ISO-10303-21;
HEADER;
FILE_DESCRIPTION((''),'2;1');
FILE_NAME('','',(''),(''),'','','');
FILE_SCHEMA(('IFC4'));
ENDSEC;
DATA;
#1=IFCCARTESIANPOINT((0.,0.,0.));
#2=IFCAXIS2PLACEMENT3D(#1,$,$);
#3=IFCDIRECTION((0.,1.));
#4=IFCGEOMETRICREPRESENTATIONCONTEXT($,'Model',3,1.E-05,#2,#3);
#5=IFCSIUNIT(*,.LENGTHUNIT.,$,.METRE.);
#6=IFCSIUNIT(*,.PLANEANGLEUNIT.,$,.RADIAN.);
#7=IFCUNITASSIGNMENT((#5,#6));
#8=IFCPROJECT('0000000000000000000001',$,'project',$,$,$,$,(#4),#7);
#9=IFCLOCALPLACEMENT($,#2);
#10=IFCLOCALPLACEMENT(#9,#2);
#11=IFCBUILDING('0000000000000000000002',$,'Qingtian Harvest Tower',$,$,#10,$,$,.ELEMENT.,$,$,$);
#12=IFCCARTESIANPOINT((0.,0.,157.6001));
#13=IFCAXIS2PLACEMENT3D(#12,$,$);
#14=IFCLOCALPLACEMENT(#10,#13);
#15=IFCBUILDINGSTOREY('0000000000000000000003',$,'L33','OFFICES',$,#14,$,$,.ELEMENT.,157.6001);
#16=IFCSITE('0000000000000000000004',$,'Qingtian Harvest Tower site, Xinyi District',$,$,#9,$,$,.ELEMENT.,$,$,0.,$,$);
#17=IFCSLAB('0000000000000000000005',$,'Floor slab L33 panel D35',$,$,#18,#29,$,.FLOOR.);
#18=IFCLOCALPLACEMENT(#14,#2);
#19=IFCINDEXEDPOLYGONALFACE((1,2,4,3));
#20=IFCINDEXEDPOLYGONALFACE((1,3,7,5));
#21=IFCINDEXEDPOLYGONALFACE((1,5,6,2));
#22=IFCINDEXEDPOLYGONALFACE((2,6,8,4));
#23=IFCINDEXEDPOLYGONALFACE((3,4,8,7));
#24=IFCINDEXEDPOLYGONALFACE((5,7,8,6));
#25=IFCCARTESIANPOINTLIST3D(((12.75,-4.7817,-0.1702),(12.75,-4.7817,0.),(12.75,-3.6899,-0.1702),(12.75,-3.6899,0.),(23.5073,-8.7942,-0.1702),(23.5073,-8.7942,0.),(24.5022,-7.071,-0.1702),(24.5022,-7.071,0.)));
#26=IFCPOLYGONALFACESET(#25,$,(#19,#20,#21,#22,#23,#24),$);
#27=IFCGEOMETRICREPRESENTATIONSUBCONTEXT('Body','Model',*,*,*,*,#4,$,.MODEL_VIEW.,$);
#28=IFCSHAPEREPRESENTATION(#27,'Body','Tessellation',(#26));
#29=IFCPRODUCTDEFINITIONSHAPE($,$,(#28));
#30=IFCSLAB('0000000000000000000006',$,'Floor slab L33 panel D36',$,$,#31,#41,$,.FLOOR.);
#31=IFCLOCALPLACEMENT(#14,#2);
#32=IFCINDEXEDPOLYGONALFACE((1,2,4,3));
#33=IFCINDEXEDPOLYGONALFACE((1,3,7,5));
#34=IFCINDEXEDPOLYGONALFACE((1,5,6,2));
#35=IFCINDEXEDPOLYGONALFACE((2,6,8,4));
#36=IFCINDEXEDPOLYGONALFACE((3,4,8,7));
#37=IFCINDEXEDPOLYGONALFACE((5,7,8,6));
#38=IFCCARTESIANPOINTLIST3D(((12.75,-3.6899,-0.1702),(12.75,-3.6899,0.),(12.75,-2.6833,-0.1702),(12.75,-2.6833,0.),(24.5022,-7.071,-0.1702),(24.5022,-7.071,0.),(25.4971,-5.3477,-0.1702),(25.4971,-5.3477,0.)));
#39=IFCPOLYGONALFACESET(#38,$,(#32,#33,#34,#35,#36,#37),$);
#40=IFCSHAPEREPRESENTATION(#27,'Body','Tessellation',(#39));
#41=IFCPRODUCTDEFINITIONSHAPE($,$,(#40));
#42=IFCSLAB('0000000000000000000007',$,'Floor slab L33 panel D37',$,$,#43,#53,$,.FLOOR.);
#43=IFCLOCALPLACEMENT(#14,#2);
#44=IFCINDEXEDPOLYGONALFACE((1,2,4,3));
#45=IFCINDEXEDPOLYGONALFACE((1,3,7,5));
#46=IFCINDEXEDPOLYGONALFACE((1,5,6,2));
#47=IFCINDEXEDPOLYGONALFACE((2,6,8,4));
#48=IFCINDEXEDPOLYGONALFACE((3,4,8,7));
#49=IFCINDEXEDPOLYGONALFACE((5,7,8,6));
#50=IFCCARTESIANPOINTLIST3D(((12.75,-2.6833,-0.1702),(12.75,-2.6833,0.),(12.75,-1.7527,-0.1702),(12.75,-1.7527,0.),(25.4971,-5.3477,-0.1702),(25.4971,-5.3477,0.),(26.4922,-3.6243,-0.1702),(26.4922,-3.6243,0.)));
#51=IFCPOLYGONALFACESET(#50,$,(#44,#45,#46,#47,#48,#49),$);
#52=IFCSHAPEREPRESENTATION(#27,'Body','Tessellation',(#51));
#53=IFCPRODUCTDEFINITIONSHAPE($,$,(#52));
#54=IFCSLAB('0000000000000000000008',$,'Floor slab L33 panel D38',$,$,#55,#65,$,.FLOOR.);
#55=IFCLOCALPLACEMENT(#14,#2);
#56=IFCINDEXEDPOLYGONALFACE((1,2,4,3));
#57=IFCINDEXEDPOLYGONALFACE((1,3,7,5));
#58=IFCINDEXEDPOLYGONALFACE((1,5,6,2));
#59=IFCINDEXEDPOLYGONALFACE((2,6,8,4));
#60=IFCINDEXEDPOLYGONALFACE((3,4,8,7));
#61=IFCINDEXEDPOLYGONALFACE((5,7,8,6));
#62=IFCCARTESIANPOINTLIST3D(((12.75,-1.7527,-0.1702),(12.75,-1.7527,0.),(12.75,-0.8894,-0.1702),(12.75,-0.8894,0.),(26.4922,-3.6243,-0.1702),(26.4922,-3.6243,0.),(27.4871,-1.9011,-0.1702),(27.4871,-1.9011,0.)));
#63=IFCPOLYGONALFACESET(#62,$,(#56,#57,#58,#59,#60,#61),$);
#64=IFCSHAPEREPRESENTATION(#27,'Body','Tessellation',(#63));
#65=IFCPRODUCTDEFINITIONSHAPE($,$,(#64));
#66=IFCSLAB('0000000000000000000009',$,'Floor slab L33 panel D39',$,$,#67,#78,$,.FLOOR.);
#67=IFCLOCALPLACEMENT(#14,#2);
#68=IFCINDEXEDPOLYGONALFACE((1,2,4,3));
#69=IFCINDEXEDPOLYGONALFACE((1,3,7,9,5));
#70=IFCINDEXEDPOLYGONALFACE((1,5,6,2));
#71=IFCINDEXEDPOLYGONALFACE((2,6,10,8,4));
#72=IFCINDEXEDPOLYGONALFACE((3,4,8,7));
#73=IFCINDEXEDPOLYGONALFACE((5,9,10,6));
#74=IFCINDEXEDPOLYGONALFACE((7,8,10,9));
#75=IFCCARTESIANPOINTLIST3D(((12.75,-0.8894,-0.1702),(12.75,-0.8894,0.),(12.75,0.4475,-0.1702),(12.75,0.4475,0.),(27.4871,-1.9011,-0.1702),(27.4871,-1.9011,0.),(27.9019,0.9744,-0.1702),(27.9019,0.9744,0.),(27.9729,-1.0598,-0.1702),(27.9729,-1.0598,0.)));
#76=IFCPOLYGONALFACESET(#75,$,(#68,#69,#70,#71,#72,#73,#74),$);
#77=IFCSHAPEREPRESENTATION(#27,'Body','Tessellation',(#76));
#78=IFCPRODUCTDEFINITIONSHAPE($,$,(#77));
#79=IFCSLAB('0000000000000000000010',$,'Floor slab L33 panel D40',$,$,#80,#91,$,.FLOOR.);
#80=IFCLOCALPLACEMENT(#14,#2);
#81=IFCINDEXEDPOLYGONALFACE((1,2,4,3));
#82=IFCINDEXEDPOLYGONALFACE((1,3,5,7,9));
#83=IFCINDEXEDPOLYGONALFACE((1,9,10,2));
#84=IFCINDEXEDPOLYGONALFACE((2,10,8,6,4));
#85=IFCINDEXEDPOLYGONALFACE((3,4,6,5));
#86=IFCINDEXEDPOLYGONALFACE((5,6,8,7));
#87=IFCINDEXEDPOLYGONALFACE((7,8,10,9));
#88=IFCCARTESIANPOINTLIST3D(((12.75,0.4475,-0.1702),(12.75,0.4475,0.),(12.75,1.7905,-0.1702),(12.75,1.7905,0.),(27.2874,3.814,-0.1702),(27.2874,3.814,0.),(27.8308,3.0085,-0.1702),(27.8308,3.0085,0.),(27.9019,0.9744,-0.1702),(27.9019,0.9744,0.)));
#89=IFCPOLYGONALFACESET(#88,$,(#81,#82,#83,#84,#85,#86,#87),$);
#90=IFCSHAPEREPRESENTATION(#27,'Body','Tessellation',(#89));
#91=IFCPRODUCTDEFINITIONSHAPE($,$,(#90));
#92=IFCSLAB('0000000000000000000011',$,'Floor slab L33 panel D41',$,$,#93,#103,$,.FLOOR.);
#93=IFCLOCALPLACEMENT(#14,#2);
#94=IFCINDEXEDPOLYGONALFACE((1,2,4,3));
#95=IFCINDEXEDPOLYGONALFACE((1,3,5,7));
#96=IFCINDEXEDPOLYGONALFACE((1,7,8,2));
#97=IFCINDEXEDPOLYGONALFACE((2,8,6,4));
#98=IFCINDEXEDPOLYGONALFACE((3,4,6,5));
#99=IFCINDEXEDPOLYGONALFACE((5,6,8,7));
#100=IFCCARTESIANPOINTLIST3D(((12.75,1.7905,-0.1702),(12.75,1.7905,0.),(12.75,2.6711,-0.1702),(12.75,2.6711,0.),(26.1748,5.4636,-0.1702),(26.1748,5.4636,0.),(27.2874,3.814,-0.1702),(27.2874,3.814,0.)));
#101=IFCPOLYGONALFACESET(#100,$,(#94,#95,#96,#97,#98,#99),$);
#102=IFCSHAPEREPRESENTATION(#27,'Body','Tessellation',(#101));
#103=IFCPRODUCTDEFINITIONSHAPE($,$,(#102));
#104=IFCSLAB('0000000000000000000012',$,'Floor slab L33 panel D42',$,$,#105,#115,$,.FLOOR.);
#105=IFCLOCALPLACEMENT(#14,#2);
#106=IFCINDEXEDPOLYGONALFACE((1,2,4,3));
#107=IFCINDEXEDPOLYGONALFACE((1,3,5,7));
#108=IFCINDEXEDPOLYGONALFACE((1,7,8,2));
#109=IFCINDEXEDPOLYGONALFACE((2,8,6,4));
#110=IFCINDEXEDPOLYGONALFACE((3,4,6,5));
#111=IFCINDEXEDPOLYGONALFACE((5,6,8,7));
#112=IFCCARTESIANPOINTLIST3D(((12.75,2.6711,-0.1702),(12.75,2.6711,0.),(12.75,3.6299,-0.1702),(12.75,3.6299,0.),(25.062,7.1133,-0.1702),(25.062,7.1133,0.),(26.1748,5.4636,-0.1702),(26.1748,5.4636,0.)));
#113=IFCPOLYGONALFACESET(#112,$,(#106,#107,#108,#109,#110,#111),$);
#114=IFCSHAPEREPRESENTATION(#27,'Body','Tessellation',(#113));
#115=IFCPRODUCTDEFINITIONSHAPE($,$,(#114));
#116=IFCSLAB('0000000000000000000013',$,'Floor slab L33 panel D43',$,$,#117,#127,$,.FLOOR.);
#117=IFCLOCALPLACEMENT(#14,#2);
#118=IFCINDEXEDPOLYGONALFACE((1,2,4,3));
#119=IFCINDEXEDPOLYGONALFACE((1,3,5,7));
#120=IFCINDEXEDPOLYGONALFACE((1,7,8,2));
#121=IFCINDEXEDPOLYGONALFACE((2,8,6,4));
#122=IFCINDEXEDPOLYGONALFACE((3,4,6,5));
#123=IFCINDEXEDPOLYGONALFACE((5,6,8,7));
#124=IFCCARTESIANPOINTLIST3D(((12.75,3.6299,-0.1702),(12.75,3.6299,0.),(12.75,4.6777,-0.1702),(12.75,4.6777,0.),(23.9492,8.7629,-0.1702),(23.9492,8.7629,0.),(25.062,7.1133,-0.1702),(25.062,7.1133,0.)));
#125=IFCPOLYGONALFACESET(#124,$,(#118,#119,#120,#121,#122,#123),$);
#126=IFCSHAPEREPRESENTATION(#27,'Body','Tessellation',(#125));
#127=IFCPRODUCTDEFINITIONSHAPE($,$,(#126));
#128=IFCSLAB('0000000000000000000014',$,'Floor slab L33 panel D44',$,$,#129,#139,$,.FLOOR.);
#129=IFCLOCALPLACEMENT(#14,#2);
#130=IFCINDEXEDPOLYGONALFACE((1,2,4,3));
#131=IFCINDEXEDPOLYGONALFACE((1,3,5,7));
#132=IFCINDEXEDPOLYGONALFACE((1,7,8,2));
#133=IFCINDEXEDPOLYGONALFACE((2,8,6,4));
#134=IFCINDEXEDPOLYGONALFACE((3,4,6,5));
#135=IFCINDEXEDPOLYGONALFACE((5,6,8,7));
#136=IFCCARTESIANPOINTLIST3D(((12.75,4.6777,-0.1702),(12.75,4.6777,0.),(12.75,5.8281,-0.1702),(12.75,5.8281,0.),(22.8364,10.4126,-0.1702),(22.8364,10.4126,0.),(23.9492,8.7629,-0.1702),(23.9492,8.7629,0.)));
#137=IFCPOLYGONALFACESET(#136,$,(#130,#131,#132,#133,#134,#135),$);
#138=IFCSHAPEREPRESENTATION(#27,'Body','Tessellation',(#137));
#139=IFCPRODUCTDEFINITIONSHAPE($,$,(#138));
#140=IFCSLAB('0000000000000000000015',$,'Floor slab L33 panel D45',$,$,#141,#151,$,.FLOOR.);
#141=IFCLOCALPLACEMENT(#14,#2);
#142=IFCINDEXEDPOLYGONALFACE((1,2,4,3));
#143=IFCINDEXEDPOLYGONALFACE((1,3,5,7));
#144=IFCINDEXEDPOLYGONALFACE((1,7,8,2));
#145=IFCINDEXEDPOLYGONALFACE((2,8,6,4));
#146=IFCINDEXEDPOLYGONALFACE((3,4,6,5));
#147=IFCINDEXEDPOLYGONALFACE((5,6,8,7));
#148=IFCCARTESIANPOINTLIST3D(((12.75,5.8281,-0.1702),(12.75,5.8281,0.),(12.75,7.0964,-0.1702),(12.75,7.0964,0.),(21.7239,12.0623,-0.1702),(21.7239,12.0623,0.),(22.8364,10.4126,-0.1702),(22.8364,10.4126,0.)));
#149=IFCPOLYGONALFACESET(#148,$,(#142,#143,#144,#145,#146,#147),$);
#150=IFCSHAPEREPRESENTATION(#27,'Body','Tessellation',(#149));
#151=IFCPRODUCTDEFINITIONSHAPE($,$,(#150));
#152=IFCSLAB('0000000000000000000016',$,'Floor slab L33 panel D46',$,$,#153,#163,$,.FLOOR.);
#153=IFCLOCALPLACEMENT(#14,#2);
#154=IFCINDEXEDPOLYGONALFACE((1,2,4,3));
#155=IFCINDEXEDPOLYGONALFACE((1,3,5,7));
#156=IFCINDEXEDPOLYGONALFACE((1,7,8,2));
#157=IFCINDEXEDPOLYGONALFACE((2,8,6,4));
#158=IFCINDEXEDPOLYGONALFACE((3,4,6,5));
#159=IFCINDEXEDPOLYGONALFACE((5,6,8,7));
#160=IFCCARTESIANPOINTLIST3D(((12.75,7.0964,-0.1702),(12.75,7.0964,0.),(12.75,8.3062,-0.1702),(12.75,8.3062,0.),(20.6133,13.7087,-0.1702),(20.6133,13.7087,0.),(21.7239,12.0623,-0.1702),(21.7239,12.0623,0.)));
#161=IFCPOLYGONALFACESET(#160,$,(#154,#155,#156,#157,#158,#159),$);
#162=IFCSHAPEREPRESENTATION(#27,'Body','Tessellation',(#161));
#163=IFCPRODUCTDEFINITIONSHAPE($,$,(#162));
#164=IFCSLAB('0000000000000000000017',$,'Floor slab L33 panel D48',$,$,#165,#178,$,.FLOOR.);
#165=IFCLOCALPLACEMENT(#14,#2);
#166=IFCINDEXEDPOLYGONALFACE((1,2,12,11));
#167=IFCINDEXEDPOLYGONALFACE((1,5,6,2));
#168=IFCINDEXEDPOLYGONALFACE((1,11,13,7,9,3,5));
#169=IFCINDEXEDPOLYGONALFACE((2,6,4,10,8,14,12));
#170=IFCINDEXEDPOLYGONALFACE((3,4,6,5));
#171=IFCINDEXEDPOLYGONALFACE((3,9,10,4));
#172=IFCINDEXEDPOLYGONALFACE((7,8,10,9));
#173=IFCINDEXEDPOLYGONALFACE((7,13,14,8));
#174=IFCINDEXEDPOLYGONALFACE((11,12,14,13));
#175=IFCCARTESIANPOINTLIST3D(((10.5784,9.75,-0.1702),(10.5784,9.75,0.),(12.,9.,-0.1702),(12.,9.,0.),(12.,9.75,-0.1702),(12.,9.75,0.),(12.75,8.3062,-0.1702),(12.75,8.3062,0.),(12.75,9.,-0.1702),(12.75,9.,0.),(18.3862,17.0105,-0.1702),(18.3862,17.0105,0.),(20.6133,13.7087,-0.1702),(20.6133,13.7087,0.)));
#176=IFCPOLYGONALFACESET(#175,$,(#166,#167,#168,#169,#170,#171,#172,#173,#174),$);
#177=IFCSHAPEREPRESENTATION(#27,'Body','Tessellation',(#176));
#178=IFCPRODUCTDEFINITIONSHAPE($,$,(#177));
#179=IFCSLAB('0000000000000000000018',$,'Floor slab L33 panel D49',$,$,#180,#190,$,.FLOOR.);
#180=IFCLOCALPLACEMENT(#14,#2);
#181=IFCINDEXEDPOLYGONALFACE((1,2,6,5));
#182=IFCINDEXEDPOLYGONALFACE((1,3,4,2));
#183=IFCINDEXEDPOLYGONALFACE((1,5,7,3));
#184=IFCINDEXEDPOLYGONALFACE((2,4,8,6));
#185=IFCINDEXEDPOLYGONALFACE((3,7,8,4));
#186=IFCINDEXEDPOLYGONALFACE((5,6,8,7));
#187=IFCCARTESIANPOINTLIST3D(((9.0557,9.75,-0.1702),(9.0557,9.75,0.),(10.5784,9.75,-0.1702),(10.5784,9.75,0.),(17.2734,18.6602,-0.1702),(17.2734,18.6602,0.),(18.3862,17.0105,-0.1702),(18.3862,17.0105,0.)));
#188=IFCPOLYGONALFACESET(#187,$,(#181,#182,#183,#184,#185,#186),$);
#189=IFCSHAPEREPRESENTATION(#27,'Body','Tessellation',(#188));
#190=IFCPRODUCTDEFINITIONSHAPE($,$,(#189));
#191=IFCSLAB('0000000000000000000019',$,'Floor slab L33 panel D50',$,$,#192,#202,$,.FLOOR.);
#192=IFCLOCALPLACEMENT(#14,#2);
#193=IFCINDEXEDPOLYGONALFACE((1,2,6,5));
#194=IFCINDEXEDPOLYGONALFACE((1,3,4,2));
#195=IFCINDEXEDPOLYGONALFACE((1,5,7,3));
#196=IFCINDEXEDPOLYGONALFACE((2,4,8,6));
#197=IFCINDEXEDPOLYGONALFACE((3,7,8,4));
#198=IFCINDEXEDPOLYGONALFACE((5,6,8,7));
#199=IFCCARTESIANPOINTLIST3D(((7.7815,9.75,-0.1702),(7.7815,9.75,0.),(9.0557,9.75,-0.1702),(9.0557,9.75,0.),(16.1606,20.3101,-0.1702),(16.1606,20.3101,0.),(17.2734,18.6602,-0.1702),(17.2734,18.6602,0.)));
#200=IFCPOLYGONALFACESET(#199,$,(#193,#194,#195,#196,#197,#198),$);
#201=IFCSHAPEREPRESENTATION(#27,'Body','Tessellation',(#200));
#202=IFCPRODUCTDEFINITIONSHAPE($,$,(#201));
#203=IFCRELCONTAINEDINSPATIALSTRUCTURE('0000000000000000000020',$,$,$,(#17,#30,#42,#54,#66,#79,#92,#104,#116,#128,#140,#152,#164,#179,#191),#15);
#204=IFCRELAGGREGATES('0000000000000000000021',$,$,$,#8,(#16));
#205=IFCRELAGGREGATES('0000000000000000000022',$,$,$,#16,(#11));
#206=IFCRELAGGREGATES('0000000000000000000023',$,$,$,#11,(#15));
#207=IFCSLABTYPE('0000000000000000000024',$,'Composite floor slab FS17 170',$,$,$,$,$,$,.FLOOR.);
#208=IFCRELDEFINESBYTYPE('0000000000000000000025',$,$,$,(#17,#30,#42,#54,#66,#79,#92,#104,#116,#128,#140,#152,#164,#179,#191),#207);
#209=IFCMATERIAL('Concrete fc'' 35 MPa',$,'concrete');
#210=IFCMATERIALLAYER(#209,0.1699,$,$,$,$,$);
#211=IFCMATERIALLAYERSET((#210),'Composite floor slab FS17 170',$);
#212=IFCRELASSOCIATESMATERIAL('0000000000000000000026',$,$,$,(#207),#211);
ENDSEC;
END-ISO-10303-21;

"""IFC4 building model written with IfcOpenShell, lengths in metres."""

from ifc_helpers import new_model, si_unit, direction, frame, origin, place, context, subcontext, project, spatial, polyline, outline, extrude, material, layer, layer_set, type_object, element, save


model = new_model("IFC4")

# Units and contexts
model_context = context("Model", 3, precision=1e-05, world=origin(), true_north=direction((0.0, 1.0)))
body_context = subcontext(model_context, "Body", "Model", "MODEL_VIEW")
ifc_project = project(units=[si_unit("LENGTHUNIT", "METRE"), si_unit("PLANEANGLEUNIT", "RADIAN")], contexts=[model_context])

# Site, building, storey
site_placement = place(None, origin())
site = spatial("IfcSite", under=ifc_project, at=site_placement, Name="Qingtian Harvest Tower site, Xinyi District", CompositionType="ELEMENT", RefElevation=0.0)
building_placement = place(site_placement, origin())
building = spatial("IfcBuilding", under=site, at=building_placement, Name="Qingtian Harvest Tower", CompositionType="ELEMENT")
storey_placement = place(building_placement, frame((0.0, 0.0, 157.6001)))
storey = spatial("IfcBuildingStorey", under=building, at=storey_placement, Name="L33", Description="OFFICES", CompositionType="ELEMENT", Elevation=157.6001)

# Slabs
ifc_material_1 = material(Name="Concrete fc' 35 MPa", Category="concrete")
ifc_layer_1 = layer(ifc_material_1, 0.1699)
ifc_layer_set_1 = layer_set([ifc_layer_1], Name="Composite floor slab FS17 170")
slab_type = type_object("IfcSlabType", Name="Composite floor slab FS17 170", PredefinedType="FLOOR", material=ifc_layer_set_1)
slab_1_placement = place(storey_placement, frame((0.0, 0.0, -0.1702)))
element("IfcSlab", 1, at=slab_1_placement, inside=storey, type_object=slab_type, Name="Floor slab L33 panel D35", PredefinedType="FLOOR", context=body_context, shape_type="SweptSolid", body=[
    extrude(outline(polyline([(12.75, -3.6899), (24.5022, -7.071), (23.5073, -8.7942), (12.75, -4.7817), (12.75, -3.6899)])), origin(), (0.0, 0.0, 1.0), 0.1702),
])
slab_2_placement = place(storey_placement, frame((0.0, 0.0, -0.1702)))
element("IfcSlab", 2, at=slab_2_placement, inside=storey, type_object=slab_type, Name="Floor slab L33 panel D36", PredefinedType="FLOOR", context=body_context, shape_type="SweptSolid", body=[
    extrude(outline(polyline([(12.75, -2.6833), (25.4971, -5.3477), (24.5022, -7.071), (12.75, -3.6899), (12.75, -2.6833)])), origin(), (0.0, 0.0, 1.0), 0.1702),
])
slab_3_placement = place(storey_placement, frame((0.0, 0.0, -0.1702)))
element("IfcSlab", 3, at=slab_3_placement, inside=storey, type_object=slab_type, Name="Floor slab L33 panel D37", PredefinedType="FLOOR", context=body_context, shape_type="SweptSolid", body=[
    extrude(outline(polyline([(12.75, -1.7527), (26.4922, -3.6243), (25.4971, -5.3477), (12.75, -2.6833), (12.75, -1.7527)])), origin(), (0.0, 0.0, 1.0), 0.1702),
])
slab_4_placement = place(storey_placement, frame((0.0, 0.0, -0.1702)))
element("IfcSlab", 4, at=slab_4_placement, inside=storey, type_object=slab_type, Name="Floor slab L33 panel D38", PredefinedType="FLOOR", context=body_context, shape_type="SweptSolid", body=[
    extrude(outline(polyline([(12.75, -0.8894), (27.4871, -1.9011), (26.4922, -3.6243), (12.75, -1.7527), (12.75, -0.8894)])), origin(), (0.0, 0.0, 1.0), 0.1702),
])
slab_5_placement = place(storey_placement, frame((0.0, 0.0, -0.1702)))
element("IfcSlab", 5, at=slab_5_placement, inside=storey, type_object=slab_type, Name="Floor slab L33 panel D39", PredefinedType="FLOOR", context=body_context, shape_type="SweptSolid", body=[
    extrude(outline(polyline([(12.75, -0.8894), (12.75, 0.4475), (27.9019, 0.9744), (27.9729, -1.0598), (27.4871, -1.9011), (12.75, -0.8894)])), origin(), (0.0, 0.0, 1.0), 0.1702),
])
slab_6_placement = place(storey_placement, frame((0.0, 0.0, -0.1702)))
element("IfcSlab", 6, at=slab_6_placement, inside=storey, type_object=slab_type, Name="Floor slab L33 panel D40", PredefinedType="FLOOR", context=body_context, shape_type="SweptSolid", body=[
    extrude(outline(polyline([(12.75, 0.4475), (12.75, 1.7905), (27.2874, 3.814), (27.8308, 3.0085), (27.9019, 0.9744), (12.75, 0.4475)])), origin(), (0.0, 0.0, 1.0), 0.1702),
])
slab_7_placement = place(storey_placement, frame((0.0, 0.0, -0.1702)))
element("IfcSlab", 7, at=slab_7_placement, inside=storey, type_object=slab_type, Name="Floor slab L33 panel D41", PredefinedType="FLOOR", context=body_context, shape_type="SweptSolid", body=[
    extrude(outline(polyline([(12.75, 2.6711), (26.1748, 5.4636), (27.2874, 3.814), (12.75, 1.7905), (12.75, 2.6711)])), origin(), (0.0, 0.0, 1.0), 0.1702),
])
slab_8_placement = place(storey_placement, frame((0.0, 0.0, -0.1702)))
element("IfcSlab", 8, at=slab_8_placement, inside=storey, type_object=slab_type, Name="Floor slab L33 panel D42", PredefinedType="FLOOR", context=body_context, shape_type="SweptSolid", body=[
    extrude(outline(polyline([(12.75, 3.6299), (25.062, 7.1133), (26.1748, 5.4636), (12.75, 2.6711), (12.75, 3.6299)])), origin(), (0.0, 0.0, 1.0), 0.1702),
])
slab_9_placement = place(storey_placement, frame((0.0, 0.0, -0.1702)))
element("IfcSlab", 9, at=slab_9_placement, inside=storey, type_object=slab_type, Name="Floor slab L33 panel D43", PredefinedType="FLOOR", context=body_context, shape_type="SweptSolid", body=[
    extrude(outline(polyline([(12.75, 4.6777), (23.9492, 8.7629), (25.062, 7.1133), (12.75, 3.6299), (12.75, 4.6777)])), origin(), (0.0, 0.0, 1.0), 0.1702),
])
slab_10_placement = place(storey_placement, frame((0.0, 0.0, -0.1702)))
element("IfcSlab", 10, at=slab_10_placement, inside=storey, type_object=slab_type, Name="Floor slab L33 panel D44", PredefinedType="FLOOR", context=body_context, shape_type="SweptSolid", body=[
    extrude(outline(polyline([(12.75, 5.8281), (22.8364, 10.4126), (23.9492, 8.7629), (12.75, 4.6777), (12.75, 5.8281)])), origin(), (0.0, 0.0, 1.0), 0.1702),
])
slab_11_placement = place(storey_placement, frame((0.0, 0.0, -0.1702)))
element("IfcSlab", 11, at=slab_11_placement, inside=storey, type_object=slab_type, Name="Floor slab L33 panel D45", PredefinedType="FLOOR", context=body_context, shape_type="SweptSolid", body=[
    extrude(outline(polyline([(12.75, 7.0964), (21.7239, 12.0623), (22.8364, 10.4126), (12.75, 5.8281), (12.75, 7.0964)])), origin(), (0.0, 0.0, 1.0), 0.1702),
])
slab_12_placement = place(storey_placement, frame((0.0, 0.0, -0.1702)))
element("IfcSlab", 12, at=slab_12_placement, inside=storey, type_object=slab_type, Name="Floor slab L33 panel D46", PredefinedType="FLOOR", context=body_context, shape_type="SweptSolid", body=[
    extrude(outline(polyline([(12.75, 8.3062), (20.6133, 13.7087), (21.7239, 12.0623), (12.75, 7.0964), (12.75, 8.3062)])), origin(), (0.0, 0.0, 1.0), 0.1702),
])
slab_13_placement = place(storey_placement, frame((0.0, 0.0, -0.1702)))
element("IfcSlab", 13, at=slab_13_placement, inside=storey, type_object=slab_type, Name="Floor slab L33 panel D48", PredefinedType="FLOOR", context=body_context, shape_type="SweptSolid", body=[
    extrude(outline(polyline([(18.3862, 17.0105), (20.6133, 13.7087), (12.75, 8.3062), (12.75, 9.0), (12.0, 9.0), (12.0, 9.75), (10.5784, 9.75), (18.3862, 17.0105)])), origin(), (0.0, 0.0, 1.0), 0.1702),
])
slab_14_placement = place(storey_placement, frame((0.0, 0.0, -0.1702)))
element("IfcSlab", 14, at=slab_14_placement, inside=storey, type_object=slab_type, Name="Floor slab L33 panel D49", PredefinedType="FLOOR", context=body_context, shape_type="SweptSolid", body=[
    extrude(outline(polyline([(9.0557, 9.75), (17.2734, 18.6602), (18.3862, 17.0105), (10.5784, 9.75), (9.0557, 9.75)])), origin(), (0.0, 0.0, 1.0), 0.1702),
])
slab_15_placement = place(storey_placement, frame((0.0, 0.0, -0.1702)))
element("IfcSlab", 15, at=slab_15_placement, inside=storey, type_object=slab_type, Name="Floor slab L33 panel D50", PredefinedType="FLOOR", context=body_context, shape_type="SweptSolid", body=[
    extrude(outline(polyline([(7.7815, 9.75), (16.1606, 20.3101), (17.2734, 18.6602), (9.0557, 9.75), (7.7815, 9.75)])), origin(), (0.0, 0.0, 1.0), 0.1702),
])

save(model, "model.ifc")
